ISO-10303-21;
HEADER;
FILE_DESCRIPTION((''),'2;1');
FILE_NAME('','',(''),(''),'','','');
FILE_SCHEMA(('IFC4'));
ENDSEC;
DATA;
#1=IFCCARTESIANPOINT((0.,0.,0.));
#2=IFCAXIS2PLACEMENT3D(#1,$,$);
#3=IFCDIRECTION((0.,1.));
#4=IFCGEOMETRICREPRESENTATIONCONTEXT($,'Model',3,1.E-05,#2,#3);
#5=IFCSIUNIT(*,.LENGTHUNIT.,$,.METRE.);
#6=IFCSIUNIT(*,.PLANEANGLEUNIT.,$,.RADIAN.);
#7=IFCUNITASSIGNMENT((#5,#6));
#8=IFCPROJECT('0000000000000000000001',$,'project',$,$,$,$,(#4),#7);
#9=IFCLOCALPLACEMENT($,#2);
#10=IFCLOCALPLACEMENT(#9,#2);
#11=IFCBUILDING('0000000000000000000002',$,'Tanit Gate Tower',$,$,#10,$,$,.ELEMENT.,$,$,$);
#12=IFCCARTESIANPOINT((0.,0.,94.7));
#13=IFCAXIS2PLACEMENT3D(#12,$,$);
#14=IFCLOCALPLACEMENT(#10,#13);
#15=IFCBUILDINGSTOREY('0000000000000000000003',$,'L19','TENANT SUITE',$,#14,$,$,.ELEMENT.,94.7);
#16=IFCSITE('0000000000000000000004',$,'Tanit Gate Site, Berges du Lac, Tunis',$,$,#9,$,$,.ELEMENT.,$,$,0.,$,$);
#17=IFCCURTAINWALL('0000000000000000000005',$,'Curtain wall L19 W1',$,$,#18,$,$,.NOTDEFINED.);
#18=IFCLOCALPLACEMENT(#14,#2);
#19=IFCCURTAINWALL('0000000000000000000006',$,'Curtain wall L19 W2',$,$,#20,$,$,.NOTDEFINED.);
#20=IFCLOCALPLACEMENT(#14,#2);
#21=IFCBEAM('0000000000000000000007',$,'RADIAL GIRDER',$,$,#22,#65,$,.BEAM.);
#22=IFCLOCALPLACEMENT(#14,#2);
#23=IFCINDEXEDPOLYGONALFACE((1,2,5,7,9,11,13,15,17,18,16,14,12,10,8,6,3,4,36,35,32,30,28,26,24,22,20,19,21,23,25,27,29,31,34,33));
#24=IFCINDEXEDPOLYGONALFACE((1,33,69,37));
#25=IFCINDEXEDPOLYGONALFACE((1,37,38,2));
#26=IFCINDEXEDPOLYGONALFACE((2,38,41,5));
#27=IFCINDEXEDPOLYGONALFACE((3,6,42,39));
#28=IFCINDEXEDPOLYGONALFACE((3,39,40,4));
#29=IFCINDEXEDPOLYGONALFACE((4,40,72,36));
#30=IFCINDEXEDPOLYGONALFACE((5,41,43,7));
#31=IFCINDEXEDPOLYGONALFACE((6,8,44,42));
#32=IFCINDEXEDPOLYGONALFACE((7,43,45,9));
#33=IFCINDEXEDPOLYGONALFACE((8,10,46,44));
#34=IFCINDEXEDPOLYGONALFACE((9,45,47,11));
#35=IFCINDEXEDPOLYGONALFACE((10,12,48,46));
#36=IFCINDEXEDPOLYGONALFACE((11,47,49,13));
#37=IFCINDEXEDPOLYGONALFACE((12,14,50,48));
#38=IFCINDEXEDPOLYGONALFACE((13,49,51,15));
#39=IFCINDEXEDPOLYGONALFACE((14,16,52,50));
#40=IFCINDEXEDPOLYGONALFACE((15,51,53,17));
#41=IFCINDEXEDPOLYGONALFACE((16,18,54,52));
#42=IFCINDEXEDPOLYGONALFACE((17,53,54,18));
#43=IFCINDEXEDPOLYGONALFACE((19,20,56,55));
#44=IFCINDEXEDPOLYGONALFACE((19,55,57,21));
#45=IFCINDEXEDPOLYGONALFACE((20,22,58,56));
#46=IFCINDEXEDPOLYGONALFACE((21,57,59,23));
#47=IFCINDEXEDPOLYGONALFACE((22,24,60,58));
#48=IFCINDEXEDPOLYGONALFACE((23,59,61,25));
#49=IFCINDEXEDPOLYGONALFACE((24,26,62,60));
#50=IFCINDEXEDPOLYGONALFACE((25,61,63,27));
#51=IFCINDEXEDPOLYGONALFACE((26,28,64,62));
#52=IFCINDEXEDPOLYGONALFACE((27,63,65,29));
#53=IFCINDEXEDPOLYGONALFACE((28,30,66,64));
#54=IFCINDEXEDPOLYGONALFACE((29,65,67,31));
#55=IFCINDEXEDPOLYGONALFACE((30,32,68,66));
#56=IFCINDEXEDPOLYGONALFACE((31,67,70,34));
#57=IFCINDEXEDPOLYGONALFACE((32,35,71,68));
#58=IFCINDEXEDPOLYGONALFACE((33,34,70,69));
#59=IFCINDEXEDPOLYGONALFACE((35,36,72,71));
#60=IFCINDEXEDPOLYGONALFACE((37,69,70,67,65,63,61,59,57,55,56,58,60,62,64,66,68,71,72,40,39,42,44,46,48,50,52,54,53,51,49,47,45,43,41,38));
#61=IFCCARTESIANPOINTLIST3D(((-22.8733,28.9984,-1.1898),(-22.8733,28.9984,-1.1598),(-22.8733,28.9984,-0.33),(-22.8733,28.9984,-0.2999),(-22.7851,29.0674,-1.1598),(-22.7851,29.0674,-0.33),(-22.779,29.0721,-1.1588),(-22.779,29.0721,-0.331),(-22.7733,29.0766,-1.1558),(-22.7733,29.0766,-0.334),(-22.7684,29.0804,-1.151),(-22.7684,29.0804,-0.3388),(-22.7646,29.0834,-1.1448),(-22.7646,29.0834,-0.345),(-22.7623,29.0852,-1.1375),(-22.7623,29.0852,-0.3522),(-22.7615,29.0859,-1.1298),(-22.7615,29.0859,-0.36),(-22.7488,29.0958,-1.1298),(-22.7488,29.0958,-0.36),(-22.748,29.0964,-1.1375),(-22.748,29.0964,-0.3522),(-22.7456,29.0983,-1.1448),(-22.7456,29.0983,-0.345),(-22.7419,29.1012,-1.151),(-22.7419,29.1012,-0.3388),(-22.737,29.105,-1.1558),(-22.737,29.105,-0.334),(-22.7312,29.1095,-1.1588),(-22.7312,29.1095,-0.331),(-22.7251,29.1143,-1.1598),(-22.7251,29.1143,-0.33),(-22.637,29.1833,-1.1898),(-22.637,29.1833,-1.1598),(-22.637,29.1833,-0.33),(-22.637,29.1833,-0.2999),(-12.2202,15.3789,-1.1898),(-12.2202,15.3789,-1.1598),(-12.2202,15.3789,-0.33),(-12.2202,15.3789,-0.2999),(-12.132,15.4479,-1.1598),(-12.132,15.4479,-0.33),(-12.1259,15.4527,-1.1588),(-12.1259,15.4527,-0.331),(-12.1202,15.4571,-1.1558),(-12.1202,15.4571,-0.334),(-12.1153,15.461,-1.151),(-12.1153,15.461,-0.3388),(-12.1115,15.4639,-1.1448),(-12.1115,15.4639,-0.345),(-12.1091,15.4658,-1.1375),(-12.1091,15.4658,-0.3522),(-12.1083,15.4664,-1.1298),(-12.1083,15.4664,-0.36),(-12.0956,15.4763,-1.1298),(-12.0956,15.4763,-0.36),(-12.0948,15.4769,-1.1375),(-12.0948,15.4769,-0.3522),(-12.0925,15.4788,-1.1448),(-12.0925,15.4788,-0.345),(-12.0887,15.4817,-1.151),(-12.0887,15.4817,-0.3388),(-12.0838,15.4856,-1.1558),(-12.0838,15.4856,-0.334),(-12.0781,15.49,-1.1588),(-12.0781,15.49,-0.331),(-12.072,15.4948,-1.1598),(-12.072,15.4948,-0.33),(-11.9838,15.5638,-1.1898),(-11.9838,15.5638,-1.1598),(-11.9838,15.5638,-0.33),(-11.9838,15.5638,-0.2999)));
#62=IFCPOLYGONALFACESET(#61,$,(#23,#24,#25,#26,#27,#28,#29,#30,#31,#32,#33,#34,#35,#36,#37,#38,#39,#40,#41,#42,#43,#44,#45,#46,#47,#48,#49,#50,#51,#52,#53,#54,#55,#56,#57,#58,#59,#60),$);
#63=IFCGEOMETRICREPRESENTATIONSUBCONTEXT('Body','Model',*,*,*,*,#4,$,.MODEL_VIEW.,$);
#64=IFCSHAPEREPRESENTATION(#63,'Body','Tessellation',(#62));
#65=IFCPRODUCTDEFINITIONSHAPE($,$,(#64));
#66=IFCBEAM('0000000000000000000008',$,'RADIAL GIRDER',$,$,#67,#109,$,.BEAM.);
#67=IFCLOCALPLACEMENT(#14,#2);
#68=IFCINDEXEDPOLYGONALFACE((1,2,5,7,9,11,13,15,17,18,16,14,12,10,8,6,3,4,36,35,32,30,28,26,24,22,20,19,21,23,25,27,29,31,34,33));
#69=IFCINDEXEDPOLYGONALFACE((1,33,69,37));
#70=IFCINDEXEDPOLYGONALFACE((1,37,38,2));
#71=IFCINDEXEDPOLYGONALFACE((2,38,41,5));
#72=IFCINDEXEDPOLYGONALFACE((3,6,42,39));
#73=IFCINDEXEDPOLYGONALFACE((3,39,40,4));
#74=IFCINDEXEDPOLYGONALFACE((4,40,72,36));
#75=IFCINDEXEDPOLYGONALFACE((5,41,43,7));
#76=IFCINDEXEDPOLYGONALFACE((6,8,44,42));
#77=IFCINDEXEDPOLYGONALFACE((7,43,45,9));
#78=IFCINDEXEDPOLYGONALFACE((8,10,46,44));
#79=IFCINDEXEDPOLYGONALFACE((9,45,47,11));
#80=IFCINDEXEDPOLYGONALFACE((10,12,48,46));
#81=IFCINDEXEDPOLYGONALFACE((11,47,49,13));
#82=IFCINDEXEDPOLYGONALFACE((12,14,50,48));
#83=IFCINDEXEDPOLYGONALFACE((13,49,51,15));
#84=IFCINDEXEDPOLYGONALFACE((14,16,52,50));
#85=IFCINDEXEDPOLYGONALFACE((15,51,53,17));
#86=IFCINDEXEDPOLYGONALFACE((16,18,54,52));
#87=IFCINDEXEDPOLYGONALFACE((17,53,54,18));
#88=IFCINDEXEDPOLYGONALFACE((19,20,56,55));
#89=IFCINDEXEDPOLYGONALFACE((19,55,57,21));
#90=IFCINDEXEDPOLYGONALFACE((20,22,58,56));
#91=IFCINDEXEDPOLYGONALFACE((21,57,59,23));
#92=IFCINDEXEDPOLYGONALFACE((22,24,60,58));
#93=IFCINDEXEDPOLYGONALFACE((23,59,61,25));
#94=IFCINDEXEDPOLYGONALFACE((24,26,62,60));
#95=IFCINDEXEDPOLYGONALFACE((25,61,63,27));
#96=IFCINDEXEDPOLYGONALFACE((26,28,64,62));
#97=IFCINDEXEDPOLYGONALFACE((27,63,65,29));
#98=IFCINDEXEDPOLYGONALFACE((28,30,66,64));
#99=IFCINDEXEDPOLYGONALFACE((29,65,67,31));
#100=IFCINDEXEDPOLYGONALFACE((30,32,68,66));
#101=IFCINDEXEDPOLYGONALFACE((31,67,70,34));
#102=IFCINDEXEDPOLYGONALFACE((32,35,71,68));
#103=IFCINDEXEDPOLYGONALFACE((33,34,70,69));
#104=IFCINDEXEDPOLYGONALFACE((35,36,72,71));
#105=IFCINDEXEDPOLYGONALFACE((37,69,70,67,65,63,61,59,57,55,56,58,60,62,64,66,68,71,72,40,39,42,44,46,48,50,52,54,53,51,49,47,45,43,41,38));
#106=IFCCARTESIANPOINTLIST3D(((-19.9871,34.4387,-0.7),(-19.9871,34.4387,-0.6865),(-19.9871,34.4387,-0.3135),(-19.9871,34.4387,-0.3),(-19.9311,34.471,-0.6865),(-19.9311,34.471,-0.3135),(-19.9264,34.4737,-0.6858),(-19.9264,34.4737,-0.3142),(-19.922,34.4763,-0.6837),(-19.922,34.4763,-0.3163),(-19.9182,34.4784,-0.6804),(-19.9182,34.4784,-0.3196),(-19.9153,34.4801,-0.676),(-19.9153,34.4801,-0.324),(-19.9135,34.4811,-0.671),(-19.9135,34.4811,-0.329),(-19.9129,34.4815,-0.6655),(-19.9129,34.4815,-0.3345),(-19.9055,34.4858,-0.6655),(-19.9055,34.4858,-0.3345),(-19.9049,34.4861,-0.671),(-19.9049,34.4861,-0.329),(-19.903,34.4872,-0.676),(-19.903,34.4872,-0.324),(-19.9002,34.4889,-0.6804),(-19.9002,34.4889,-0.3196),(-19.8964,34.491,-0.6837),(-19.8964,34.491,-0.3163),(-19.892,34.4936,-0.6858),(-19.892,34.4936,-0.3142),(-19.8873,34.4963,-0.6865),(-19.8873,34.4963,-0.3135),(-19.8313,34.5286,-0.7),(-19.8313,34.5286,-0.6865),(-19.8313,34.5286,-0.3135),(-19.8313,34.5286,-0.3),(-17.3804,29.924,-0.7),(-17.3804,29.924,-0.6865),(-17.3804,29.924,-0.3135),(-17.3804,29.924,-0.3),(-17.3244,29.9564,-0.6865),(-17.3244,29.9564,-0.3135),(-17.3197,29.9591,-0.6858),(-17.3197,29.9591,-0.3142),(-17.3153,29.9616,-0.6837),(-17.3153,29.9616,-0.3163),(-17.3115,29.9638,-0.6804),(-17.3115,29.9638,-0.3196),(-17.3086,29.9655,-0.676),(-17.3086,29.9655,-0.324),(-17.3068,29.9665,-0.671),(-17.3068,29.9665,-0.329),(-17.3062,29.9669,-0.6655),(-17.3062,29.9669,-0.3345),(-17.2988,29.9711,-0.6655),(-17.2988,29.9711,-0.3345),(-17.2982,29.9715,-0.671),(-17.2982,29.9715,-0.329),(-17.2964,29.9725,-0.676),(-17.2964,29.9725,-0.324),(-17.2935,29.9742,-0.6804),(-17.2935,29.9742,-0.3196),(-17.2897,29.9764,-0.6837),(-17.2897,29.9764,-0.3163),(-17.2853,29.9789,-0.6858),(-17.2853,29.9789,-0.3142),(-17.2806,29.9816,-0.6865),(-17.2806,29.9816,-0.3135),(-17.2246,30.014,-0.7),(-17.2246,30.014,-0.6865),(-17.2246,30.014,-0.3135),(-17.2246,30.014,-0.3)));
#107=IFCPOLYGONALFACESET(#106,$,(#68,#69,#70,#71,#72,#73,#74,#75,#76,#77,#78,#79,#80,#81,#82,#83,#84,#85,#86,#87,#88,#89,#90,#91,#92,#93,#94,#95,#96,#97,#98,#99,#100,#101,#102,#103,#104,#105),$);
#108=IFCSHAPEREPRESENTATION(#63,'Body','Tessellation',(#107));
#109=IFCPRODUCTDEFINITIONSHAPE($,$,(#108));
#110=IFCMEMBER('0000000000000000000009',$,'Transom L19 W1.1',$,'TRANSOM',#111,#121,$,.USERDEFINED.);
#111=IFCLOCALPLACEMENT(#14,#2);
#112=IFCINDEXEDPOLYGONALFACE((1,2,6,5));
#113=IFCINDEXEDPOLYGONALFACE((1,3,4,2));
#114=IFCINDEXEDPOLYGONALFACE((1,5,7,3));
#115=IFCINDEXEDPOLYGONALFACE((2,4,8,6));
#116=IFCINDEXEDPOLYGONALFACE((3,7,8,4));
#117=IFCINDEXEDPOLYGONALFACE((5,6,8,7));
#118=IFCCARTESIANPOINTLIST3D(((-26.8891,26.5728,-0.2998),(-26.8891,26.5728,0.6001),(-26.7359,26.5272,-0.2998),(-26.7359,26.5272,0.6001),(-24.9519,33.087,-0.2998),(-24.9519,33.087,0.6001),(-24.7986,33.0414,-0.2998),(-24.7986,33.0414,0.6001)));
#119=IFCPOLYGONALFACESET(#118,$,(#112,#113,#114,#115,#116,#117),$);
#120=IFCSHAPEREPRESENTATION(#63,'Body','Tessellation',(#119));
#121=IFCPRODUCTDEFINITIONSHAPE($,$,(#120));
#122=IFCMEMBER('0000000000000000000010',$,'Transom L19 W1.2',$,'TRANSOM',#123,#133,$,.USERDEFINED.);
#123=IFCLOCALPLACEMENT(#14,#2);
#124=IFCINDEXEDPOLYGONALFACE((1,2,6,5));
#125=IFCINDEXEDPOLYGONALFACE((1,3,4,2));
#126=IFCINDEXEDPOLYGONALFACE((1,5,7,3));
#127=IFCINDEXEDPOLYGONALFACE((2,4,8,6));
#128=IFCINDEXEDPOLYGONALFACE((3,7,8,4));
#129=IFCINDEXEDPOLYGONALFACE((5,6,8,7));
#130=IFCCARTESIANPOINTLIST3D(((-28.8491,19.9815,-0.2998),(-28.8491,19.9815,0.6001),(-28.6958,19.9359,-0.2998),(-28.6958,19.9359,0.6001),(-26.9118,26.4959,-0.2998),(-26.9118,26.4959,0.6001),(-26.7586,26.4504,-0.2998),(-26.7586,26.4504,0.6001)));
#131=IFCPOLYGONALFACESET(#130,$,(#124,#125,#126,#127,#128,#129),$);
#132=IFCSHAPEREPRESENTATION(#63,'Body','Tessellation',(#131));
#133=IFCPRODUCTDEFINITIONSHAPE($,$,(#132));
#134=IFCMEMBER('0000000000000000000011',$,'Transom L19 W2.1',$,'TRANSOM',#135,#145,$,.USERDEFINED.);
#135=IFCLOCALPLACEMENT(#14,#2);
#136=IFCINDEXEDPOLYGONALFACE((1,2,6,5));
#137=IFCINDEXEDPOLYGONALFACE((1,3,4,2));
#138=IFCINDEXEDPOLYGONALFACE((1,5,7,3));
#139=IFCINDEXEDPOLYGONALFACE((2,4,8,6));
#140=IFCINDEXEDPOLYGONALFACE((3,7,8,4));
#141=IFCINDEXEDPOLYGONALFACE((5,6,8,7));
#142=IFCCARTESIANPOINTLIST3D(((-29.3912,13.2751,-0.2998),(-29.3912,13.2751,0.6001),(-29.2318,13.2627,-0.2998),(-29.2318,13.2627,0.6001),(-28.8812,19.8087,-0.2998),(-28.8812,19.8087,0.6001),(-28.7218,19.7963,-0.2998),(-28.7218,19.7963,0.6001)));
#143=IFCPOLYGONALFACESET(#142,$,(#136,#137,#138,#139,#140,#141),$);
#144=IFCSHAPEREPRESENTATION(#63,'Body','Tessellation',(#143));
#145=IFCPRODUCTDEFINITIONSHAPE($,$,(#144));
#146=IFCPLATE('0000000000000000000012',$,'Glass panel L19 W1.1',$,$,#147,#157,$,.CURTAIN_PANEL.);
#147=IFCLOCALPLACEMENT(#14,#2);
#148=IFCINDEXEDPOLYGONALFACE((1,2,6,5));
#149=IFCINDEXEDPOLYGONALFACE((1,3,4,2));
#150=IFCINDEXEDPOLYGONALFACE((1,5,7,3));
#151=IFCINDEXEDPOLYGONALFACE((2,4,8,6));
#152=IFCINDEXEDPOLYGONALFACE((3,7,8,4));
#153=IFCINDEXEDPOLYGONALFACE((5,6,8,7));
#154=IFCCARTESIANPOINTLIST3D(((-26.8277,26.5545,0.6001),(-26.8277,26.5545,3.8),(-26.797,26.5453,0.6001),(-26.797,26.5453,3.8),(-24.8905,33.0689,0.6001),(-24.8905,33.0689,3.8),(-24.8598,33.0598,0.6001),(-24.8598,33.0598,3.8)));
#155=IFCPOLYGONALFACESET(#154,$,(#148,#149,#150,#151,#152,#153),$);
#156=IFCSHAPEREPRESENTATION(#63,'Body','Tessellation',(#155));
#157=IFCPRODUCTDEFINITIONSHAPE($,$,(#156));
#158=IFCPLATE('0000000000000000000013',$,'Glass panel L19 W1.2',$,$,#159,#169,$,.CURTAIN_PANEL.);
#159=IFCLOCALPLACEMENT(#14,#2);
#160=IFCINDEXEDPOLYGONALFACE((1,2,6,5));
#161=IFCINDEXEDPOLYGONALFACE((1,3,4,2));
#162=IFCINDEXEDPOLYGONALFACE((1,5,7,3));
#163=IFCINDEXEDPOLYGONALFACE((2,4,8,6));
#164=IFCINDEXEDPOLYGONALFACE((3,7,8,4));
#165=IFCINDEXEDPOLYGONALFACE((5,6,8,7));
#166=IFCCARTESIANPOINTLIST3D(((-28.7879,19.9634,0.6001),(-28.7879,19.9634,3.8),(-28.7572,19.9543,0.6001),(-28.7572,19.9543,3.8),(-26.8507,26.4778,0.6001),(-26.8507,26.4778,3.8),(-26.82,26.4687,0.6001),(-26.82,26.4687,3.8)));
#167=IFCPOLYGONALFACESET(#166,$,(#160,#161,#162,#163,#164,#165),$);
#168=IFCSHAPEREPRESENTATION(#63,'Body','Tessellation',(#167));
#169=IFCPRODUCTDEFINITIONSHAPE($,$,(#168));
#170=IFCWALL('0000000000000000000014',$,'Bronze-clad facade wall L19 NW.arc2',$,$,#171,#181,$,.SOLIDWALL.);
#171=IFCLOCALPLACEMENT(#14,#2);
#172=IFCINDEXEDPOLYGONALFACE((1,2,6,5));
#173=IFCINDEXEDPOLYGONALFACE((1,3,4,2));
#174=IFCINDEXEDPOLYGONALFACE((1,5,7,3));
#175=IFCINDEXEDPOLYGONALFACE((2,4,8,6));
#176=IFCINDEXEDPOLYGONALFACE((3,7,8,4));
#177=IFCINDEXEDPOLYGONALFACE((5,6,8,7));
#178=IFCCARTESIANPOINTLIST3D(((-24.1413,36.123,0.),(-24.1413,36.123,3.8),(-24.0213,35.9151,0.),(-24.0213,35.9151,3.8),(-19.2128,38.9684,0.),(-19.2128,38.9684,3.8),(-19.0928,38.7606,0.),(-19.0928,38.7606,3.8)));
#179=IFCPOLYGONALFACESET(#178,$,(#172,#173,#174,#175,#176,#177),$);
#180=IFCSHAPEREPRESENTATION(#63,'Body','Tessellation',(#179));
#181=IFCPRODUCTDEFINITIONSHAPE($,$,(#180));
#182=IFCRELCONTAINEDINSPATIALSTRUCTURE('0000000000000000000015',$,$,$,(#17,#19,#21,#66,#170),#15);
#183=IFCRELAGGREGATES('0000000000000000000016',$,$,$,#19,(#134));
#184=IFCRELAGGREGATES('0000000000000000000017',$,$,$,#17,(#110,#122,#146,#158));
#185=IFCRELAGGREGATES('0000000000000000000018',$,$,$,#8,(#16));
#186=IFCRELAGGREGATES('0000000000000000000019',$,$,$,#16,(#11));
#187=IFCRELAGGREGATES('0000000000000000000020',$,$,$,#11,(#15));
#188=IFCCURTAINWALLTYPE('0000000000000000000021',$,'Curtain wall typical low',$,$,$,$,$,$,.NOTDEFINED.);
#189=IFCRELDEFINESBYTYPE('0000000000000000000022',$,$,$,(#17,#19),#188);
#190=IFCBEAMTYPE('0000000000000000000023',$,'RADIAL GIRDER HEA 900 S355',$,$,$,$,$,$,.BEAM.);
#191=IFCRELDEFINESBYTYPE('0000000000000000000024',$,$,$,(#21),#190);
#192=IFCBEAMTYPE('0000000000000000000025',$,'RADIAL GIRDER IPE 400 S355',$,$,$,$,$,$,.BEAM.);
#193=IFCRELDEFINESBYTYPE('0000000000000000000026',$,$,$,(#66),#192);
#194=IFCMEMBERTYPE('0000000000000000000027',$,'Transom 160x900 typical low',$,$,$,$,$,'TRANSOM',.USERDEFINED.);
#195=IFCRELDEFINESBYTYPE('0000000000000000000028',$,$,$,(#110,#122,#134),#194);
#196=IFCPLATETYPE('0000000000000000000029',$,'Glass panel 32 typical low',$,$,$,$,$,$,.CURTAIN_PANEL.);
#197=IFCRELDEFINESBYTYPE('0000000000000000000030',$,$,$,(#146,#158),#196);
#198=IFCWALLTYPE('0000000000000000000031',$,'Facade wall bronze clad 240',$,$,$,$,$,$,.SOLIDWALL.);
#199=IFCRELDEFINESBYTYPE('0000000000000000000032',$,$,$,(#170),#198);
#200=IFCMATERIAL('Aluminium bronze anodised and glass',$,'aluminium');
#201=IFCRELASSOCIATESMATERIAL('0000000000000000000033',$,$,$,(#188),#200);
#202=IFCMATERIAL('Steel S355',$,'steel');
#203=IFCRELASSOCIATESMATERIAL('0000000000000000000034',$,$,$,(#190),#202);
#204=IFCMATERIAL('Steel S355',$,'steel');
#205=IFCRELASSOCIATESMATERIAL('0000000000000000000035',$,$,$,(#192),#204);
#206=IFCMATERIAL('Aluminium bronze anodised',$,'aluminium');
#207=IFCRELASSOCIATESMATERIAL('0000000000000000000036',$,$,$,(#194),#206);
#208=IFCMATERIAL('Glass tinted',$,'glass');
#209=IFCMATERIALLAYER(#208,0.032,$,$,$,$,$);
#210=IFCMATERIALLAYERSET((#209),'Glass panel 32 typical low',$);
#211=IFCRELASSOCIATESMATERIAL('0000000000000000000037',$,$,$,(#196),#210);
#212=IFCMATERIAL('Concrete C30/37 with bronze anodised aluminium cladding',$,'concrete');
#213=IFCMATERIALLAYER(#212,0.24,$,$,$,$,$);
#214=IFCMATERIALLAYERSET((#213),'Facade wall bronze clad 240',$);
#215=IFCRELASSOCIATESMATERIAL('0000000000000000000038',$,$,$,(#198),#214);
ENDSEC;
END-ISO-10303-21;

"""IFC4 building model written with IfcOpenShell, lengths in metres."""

from ifc_helpers import new_model, si_unit, direction, frame, frame_2d, origin, origin_2d, place, context, subcontext, project, spatial, rectangle, i_section, extrude, material, layer, layer_set, material_profile, profile_set, type_object, element, aggregate, save


model = new_model("IFC4")

# Units and contexts
model_context = context("Model", 3, precision=1e-05, world=origin(), true_north=direction((0.0, 1.0)))
body_context = subcontext(model_context, "Body", "Model", "MODEL_VIEW")
ifc_project = project(units=[si_unit("LENGTHUNIT", "METRE"), si_unit("PLANEANGLEUNIT", "RADIAN")], contexts=[model_context])

# Site, building, storey
site_placement = place(None, origin())
site = spatial("IfcSite", under=ifc_project, at=site_placement, Name="Tanit Gate Site, Berges du Lac, Tunis", CompositionType="ELEMENT", RefElevation=0.0)
building_placement = place(site_placement, origin())
building = spatial("IfcBuilding", under=site, at=building_placement, Name="Tanit Gate Tower", CompositionType="ELEMENT")
storey_placement = place(building_placement, frame((0.0, 0.0, 94.7)))
storey = spatial("IfcBuildingStorey", under=building, at=storey_placement, Name="L19", Description="TENANT SUITE", CompositionType="ELEMENT", Elevation=94.7)

# Curtain walls
ifc_material_1 = material(Name="Aluminium bronze anodised and glass", Category="aluminium")
curtain_wall_type = type_object("IfcCurtainWallType", Name="Curtain wall typical low", PredefinedType="NOTDEFINED", material=ifc_material_1)
curtain_wall_1_placement = place(storey_placement, origin())
curtain_wall_1 = element("IfcCurtainWall", 1, at=curtain_wall_1_placement, inside=storey, type_object=curtain_wall_type, Name="Curtain wall L19 W1", PredefinedType="NOTDEFINED")
curtain_wall_2_placement = place(storey_placement, origin())
curtain_wall_2 = element("IfcCurtainWall", 2, at=curtain_wall_2_placement, inside=storey, type_object=curtain_wall_type, Name="Curtain wall L19 W2", PredefinedType="NOTDEFINED")

# Beams
ifc_material_2 = material(Name="Steel S355", Category="steel")
ifc_material_profile_1 = material_profile(ifc_material_2, i_section(OverallWidth=0.3, OverallDepth=0.8899, WebThickness=0.0161, FlangeThickness=0.03, FilletRadius=0.03, at=origin_2d()), Name="HEA 900")
ifc_profile_set_1 = profile_set([ifc_material_profile_1], Name="Steel S355")
beam_type_1 = type_object("IfcBeamType", Name="RADIAL GIRDER HEA 900 S355", PredefinedType="BEAM", material=ifc_profile_set_1)
beam_1_placement = place(storey_placement, frame((-22.7551, 29.0908, -0.7449), z_axis=(0.616108, -0.787661, 0.0), x_axis=(0.787661, 0.616108, 0.0)))
element("IfcBeam", 3, at=beam_1_placement, inside=storey, type_object=beam_type_1, Name="RADIAL GIRDER", PredefinedType="BEAM", context=body_context, shape_type="SweptSolid", body=[
    extrude(i_section(OverallWidth=0.3, OverallDepth=0.8899, WebThickness=0.0161, FlangeThickness=0.03, FilletRadius=0.03, at=origin_2d()), origin(), (0.0, 0.0, 1.0), 17.291),
])
ifc_material_3 = material(Name="Steel S355", Category="steel")
ifc_material_profile_2 = material_profile(ifc_material_3, i_section(OverallWidth=0.1799, OverallDepth=0.3999, WebThickness=0.0085, FlangeThickness=0.0134, FilletRadius=0.021, at=origin_2d()), Name="IPE 400")
ifc_profile_set_2 = profile_set([ifc_material_profile_2], Name="Steel S355")
beam_type_2 = type_object("IfcBeamType", Name="RADIAL GIRDER IPE 400 S355", PredefinedType="BEAM", material=ifc_profile_set_2)
beam_2_placement = place(storey_placement, frame((-19.9092, 34.4836, -0.5), z_axis=(0.500022, -0.866012, 0.0), x_axis=(0.866012, 0.500022, 0.0)))
element("IfcBeam", 4, at=beam_2_placement, inside=storey, type_object=beam_type_2, Name="RADIAL GIRDER", PredefinedType="BEAM", context=body_context, shape_type="SweptSolid", body=[
    extrude(i_section(OverallWidth=0.1799, OverallDepth=0.3999, WebThickness=0.0085, FlangeThickness=0.0134, FilletRadius=0.021, at=origin_2d()), origin(), (0.0, 0.0, 1.0), 5.2131),
])

# Members
ifc_material_4 = material(Name="Aluminium bronze anodised", Category="aluminium")
ifc_material_profile_3 = material_profile(ifc_material_4, rectangle(XDim=0.1599, YDim=0.8999, at=origin_2d()), Name="160x900 bronze transom")
ifc_profile_set_3 = profile_set([ifc_material_profile_3], Name="Aluminium bronze anodised")
member_type_1 = type_object("IfcMemberType", Name="Transom 160x900 typical low", ElementType="TRANSOM", PredefinedType="USERDEFINED", material=ifc_profile_set_3)
member_1_placement = place(storey_placement, frame((-24.8752, 33.0642, 0.1501), z_axis=(-0.285053, -0.958512, 0.0), x_axis=(0.958512, -0.285053, 0.0)))
member_1 = element("IfcMember", 5, at=member_1_placement, type_object=member_type_1, Name="Transom L19 W1.1", ObjectType="TRANSOM", PredefinedType="USERDEFINED", context=body_context, shape_type="SweptSolid", body=[
    extrude(rectangle(XDim=0.1599, YDim=0.8999, at=origin_2d()), origin(), (0.0, 0.0, 1.0), 6.7961),
])
member_2_placement = place(storey_placement, frame((-26.8352, 26.4731, 0.1501), z_axis=(-0.285043, -0.958515, 0.0), x_axis=(0.958515, -0.285043, 0.0)))
member_2 = element("IfcMember", 6, at=member_2_placement, type_object=member_type_1, Name="Transom L19 W1.2", ObjectType="TRANSOM", PredefinedType="USERDEFINED", context=body_context, shape_type="SweptSolid", body=[
    extrude(rectangle(XDim=0.1599, YDim=0.8999, at=origin_2d()), origin(), (0.0, 0.0, 1.0), 6.7964),
])
member_3_placement = place(storey_placement, frame((-28.8015, 19.8025, 0.1501), z_axis=(-0.077822, -0.996967, 0.0), x_axis=(0.996967, -0.077822, 0.0)))
member_3 = element("IfcMember", 7, at=member_3_placement, type_object=member_type_1, Name="Transom L19 W2.1", ObjectType="TRANSOM", PredefinedType="USERDEFINED", context=body_context, shape_type="SweptSolid", body=[
    extrude(rectangle(XDim=0.1599, YDim=0.8999, at=origin_2d()), origin(), (0.0, 0.0, 1.0), 6.5535),
])
aggregate(curtain_wall_2, [member_3])

# Plates
ifc_material_5 = material(Name="Glass tinted", Category="glass")
ifc_layer_1 = layer(ifc_material_5, 0.032)
ifc_layer_set_1 = layer_set([ifc_layer_1], Name="Glass panel 32 typical low")
plate_type = type_object("IfcPlateType", Name="Glass panel 32 typical low", PredefinedType="CURTAIN_PANEL", material=ifc_layer_set_1)
plate_1_placement = place(storey_placement, frame((-25.8438, 29.8071, 0.6001), z_axis=(0.0, 0.0, 1.0), x_axis=(-0.285037, -0.958517, 0.0)))
plate_1 = element("IfcPlate", 8, at=plate_1_placement, type_object=plate_type, Name="Glass panel L19 W1.1", PredefinedType="CURTAIN_PANEL", context=body_context, shape_type="SweptSolid", body=[
    extrude(rectangle(XDim=6.7964, YDim=0.032, at=origin_2d()), origin(), (0.0, 0.0, 1.0), 3.2),
])
plate_2_placement = place(storey_placement, frame((-27.804, 23.2161, 0.6001), z_axis=(0.0, 0.0, 1.0), x_axis=(-0.285037, -0.958517, 0.0)))
plate_2 = element("IfcPlate", 9, at=plate_2_placement, type_object=plate_type, Name="Glass panel L19 W1.2", PredefinedType="CURTAIN_PANEL", context=body_context, shape_type="SweptSolid", body=[
    extrude(rectangle(XDim=6.7964, YDim=0.032, at=origin_2d()), origin(), (0.0, 0.0, 1.0), 3.2),
])
aggregate(curtain_wall_1, [member_1, member_2, plate_1, plate_2])

# Wall
ifc_material_6 = material(Name="Concrete C30/37 with bronze anodised aluminium cladding", Category="concrete")
ifc_layer_2 = layer(ifc_material_6, 0.24)
ifc_layer_set_2 = layer_set([ifc_layer_2], Name="Facade wall bronze clad 240")
wall_type_1 = type_object("IfcWallType", Name="Facade wall bronze clad 240", PredefinedType="SOLIDWALL", material=ifc_layer_set_2)
wall_1_placement = place(storey_placement, frame((-19.1528, 38.8645, 0.0), z_axis=(0.0, 0.0, 1.0), x_axis=(-0.866025, -0.500001, 0.0)))
element("IfcWall", 10, at=wall_1_placement, inside=storey, type_object=wall_type_1, Name="Bronze-clad facade wall L19 NW.arc2", PredefinedType="SOLIDWALL", context=body_context, shape_type="SweptSolid", body=[
    extrude(rectangle(XDim=5.6909, YDim=0.24, at=frame_2d((2.8455, 0.0))), origin(), (0.0, 0.0, 1.0), 3.8),
])

save(model, "model.ifc")
